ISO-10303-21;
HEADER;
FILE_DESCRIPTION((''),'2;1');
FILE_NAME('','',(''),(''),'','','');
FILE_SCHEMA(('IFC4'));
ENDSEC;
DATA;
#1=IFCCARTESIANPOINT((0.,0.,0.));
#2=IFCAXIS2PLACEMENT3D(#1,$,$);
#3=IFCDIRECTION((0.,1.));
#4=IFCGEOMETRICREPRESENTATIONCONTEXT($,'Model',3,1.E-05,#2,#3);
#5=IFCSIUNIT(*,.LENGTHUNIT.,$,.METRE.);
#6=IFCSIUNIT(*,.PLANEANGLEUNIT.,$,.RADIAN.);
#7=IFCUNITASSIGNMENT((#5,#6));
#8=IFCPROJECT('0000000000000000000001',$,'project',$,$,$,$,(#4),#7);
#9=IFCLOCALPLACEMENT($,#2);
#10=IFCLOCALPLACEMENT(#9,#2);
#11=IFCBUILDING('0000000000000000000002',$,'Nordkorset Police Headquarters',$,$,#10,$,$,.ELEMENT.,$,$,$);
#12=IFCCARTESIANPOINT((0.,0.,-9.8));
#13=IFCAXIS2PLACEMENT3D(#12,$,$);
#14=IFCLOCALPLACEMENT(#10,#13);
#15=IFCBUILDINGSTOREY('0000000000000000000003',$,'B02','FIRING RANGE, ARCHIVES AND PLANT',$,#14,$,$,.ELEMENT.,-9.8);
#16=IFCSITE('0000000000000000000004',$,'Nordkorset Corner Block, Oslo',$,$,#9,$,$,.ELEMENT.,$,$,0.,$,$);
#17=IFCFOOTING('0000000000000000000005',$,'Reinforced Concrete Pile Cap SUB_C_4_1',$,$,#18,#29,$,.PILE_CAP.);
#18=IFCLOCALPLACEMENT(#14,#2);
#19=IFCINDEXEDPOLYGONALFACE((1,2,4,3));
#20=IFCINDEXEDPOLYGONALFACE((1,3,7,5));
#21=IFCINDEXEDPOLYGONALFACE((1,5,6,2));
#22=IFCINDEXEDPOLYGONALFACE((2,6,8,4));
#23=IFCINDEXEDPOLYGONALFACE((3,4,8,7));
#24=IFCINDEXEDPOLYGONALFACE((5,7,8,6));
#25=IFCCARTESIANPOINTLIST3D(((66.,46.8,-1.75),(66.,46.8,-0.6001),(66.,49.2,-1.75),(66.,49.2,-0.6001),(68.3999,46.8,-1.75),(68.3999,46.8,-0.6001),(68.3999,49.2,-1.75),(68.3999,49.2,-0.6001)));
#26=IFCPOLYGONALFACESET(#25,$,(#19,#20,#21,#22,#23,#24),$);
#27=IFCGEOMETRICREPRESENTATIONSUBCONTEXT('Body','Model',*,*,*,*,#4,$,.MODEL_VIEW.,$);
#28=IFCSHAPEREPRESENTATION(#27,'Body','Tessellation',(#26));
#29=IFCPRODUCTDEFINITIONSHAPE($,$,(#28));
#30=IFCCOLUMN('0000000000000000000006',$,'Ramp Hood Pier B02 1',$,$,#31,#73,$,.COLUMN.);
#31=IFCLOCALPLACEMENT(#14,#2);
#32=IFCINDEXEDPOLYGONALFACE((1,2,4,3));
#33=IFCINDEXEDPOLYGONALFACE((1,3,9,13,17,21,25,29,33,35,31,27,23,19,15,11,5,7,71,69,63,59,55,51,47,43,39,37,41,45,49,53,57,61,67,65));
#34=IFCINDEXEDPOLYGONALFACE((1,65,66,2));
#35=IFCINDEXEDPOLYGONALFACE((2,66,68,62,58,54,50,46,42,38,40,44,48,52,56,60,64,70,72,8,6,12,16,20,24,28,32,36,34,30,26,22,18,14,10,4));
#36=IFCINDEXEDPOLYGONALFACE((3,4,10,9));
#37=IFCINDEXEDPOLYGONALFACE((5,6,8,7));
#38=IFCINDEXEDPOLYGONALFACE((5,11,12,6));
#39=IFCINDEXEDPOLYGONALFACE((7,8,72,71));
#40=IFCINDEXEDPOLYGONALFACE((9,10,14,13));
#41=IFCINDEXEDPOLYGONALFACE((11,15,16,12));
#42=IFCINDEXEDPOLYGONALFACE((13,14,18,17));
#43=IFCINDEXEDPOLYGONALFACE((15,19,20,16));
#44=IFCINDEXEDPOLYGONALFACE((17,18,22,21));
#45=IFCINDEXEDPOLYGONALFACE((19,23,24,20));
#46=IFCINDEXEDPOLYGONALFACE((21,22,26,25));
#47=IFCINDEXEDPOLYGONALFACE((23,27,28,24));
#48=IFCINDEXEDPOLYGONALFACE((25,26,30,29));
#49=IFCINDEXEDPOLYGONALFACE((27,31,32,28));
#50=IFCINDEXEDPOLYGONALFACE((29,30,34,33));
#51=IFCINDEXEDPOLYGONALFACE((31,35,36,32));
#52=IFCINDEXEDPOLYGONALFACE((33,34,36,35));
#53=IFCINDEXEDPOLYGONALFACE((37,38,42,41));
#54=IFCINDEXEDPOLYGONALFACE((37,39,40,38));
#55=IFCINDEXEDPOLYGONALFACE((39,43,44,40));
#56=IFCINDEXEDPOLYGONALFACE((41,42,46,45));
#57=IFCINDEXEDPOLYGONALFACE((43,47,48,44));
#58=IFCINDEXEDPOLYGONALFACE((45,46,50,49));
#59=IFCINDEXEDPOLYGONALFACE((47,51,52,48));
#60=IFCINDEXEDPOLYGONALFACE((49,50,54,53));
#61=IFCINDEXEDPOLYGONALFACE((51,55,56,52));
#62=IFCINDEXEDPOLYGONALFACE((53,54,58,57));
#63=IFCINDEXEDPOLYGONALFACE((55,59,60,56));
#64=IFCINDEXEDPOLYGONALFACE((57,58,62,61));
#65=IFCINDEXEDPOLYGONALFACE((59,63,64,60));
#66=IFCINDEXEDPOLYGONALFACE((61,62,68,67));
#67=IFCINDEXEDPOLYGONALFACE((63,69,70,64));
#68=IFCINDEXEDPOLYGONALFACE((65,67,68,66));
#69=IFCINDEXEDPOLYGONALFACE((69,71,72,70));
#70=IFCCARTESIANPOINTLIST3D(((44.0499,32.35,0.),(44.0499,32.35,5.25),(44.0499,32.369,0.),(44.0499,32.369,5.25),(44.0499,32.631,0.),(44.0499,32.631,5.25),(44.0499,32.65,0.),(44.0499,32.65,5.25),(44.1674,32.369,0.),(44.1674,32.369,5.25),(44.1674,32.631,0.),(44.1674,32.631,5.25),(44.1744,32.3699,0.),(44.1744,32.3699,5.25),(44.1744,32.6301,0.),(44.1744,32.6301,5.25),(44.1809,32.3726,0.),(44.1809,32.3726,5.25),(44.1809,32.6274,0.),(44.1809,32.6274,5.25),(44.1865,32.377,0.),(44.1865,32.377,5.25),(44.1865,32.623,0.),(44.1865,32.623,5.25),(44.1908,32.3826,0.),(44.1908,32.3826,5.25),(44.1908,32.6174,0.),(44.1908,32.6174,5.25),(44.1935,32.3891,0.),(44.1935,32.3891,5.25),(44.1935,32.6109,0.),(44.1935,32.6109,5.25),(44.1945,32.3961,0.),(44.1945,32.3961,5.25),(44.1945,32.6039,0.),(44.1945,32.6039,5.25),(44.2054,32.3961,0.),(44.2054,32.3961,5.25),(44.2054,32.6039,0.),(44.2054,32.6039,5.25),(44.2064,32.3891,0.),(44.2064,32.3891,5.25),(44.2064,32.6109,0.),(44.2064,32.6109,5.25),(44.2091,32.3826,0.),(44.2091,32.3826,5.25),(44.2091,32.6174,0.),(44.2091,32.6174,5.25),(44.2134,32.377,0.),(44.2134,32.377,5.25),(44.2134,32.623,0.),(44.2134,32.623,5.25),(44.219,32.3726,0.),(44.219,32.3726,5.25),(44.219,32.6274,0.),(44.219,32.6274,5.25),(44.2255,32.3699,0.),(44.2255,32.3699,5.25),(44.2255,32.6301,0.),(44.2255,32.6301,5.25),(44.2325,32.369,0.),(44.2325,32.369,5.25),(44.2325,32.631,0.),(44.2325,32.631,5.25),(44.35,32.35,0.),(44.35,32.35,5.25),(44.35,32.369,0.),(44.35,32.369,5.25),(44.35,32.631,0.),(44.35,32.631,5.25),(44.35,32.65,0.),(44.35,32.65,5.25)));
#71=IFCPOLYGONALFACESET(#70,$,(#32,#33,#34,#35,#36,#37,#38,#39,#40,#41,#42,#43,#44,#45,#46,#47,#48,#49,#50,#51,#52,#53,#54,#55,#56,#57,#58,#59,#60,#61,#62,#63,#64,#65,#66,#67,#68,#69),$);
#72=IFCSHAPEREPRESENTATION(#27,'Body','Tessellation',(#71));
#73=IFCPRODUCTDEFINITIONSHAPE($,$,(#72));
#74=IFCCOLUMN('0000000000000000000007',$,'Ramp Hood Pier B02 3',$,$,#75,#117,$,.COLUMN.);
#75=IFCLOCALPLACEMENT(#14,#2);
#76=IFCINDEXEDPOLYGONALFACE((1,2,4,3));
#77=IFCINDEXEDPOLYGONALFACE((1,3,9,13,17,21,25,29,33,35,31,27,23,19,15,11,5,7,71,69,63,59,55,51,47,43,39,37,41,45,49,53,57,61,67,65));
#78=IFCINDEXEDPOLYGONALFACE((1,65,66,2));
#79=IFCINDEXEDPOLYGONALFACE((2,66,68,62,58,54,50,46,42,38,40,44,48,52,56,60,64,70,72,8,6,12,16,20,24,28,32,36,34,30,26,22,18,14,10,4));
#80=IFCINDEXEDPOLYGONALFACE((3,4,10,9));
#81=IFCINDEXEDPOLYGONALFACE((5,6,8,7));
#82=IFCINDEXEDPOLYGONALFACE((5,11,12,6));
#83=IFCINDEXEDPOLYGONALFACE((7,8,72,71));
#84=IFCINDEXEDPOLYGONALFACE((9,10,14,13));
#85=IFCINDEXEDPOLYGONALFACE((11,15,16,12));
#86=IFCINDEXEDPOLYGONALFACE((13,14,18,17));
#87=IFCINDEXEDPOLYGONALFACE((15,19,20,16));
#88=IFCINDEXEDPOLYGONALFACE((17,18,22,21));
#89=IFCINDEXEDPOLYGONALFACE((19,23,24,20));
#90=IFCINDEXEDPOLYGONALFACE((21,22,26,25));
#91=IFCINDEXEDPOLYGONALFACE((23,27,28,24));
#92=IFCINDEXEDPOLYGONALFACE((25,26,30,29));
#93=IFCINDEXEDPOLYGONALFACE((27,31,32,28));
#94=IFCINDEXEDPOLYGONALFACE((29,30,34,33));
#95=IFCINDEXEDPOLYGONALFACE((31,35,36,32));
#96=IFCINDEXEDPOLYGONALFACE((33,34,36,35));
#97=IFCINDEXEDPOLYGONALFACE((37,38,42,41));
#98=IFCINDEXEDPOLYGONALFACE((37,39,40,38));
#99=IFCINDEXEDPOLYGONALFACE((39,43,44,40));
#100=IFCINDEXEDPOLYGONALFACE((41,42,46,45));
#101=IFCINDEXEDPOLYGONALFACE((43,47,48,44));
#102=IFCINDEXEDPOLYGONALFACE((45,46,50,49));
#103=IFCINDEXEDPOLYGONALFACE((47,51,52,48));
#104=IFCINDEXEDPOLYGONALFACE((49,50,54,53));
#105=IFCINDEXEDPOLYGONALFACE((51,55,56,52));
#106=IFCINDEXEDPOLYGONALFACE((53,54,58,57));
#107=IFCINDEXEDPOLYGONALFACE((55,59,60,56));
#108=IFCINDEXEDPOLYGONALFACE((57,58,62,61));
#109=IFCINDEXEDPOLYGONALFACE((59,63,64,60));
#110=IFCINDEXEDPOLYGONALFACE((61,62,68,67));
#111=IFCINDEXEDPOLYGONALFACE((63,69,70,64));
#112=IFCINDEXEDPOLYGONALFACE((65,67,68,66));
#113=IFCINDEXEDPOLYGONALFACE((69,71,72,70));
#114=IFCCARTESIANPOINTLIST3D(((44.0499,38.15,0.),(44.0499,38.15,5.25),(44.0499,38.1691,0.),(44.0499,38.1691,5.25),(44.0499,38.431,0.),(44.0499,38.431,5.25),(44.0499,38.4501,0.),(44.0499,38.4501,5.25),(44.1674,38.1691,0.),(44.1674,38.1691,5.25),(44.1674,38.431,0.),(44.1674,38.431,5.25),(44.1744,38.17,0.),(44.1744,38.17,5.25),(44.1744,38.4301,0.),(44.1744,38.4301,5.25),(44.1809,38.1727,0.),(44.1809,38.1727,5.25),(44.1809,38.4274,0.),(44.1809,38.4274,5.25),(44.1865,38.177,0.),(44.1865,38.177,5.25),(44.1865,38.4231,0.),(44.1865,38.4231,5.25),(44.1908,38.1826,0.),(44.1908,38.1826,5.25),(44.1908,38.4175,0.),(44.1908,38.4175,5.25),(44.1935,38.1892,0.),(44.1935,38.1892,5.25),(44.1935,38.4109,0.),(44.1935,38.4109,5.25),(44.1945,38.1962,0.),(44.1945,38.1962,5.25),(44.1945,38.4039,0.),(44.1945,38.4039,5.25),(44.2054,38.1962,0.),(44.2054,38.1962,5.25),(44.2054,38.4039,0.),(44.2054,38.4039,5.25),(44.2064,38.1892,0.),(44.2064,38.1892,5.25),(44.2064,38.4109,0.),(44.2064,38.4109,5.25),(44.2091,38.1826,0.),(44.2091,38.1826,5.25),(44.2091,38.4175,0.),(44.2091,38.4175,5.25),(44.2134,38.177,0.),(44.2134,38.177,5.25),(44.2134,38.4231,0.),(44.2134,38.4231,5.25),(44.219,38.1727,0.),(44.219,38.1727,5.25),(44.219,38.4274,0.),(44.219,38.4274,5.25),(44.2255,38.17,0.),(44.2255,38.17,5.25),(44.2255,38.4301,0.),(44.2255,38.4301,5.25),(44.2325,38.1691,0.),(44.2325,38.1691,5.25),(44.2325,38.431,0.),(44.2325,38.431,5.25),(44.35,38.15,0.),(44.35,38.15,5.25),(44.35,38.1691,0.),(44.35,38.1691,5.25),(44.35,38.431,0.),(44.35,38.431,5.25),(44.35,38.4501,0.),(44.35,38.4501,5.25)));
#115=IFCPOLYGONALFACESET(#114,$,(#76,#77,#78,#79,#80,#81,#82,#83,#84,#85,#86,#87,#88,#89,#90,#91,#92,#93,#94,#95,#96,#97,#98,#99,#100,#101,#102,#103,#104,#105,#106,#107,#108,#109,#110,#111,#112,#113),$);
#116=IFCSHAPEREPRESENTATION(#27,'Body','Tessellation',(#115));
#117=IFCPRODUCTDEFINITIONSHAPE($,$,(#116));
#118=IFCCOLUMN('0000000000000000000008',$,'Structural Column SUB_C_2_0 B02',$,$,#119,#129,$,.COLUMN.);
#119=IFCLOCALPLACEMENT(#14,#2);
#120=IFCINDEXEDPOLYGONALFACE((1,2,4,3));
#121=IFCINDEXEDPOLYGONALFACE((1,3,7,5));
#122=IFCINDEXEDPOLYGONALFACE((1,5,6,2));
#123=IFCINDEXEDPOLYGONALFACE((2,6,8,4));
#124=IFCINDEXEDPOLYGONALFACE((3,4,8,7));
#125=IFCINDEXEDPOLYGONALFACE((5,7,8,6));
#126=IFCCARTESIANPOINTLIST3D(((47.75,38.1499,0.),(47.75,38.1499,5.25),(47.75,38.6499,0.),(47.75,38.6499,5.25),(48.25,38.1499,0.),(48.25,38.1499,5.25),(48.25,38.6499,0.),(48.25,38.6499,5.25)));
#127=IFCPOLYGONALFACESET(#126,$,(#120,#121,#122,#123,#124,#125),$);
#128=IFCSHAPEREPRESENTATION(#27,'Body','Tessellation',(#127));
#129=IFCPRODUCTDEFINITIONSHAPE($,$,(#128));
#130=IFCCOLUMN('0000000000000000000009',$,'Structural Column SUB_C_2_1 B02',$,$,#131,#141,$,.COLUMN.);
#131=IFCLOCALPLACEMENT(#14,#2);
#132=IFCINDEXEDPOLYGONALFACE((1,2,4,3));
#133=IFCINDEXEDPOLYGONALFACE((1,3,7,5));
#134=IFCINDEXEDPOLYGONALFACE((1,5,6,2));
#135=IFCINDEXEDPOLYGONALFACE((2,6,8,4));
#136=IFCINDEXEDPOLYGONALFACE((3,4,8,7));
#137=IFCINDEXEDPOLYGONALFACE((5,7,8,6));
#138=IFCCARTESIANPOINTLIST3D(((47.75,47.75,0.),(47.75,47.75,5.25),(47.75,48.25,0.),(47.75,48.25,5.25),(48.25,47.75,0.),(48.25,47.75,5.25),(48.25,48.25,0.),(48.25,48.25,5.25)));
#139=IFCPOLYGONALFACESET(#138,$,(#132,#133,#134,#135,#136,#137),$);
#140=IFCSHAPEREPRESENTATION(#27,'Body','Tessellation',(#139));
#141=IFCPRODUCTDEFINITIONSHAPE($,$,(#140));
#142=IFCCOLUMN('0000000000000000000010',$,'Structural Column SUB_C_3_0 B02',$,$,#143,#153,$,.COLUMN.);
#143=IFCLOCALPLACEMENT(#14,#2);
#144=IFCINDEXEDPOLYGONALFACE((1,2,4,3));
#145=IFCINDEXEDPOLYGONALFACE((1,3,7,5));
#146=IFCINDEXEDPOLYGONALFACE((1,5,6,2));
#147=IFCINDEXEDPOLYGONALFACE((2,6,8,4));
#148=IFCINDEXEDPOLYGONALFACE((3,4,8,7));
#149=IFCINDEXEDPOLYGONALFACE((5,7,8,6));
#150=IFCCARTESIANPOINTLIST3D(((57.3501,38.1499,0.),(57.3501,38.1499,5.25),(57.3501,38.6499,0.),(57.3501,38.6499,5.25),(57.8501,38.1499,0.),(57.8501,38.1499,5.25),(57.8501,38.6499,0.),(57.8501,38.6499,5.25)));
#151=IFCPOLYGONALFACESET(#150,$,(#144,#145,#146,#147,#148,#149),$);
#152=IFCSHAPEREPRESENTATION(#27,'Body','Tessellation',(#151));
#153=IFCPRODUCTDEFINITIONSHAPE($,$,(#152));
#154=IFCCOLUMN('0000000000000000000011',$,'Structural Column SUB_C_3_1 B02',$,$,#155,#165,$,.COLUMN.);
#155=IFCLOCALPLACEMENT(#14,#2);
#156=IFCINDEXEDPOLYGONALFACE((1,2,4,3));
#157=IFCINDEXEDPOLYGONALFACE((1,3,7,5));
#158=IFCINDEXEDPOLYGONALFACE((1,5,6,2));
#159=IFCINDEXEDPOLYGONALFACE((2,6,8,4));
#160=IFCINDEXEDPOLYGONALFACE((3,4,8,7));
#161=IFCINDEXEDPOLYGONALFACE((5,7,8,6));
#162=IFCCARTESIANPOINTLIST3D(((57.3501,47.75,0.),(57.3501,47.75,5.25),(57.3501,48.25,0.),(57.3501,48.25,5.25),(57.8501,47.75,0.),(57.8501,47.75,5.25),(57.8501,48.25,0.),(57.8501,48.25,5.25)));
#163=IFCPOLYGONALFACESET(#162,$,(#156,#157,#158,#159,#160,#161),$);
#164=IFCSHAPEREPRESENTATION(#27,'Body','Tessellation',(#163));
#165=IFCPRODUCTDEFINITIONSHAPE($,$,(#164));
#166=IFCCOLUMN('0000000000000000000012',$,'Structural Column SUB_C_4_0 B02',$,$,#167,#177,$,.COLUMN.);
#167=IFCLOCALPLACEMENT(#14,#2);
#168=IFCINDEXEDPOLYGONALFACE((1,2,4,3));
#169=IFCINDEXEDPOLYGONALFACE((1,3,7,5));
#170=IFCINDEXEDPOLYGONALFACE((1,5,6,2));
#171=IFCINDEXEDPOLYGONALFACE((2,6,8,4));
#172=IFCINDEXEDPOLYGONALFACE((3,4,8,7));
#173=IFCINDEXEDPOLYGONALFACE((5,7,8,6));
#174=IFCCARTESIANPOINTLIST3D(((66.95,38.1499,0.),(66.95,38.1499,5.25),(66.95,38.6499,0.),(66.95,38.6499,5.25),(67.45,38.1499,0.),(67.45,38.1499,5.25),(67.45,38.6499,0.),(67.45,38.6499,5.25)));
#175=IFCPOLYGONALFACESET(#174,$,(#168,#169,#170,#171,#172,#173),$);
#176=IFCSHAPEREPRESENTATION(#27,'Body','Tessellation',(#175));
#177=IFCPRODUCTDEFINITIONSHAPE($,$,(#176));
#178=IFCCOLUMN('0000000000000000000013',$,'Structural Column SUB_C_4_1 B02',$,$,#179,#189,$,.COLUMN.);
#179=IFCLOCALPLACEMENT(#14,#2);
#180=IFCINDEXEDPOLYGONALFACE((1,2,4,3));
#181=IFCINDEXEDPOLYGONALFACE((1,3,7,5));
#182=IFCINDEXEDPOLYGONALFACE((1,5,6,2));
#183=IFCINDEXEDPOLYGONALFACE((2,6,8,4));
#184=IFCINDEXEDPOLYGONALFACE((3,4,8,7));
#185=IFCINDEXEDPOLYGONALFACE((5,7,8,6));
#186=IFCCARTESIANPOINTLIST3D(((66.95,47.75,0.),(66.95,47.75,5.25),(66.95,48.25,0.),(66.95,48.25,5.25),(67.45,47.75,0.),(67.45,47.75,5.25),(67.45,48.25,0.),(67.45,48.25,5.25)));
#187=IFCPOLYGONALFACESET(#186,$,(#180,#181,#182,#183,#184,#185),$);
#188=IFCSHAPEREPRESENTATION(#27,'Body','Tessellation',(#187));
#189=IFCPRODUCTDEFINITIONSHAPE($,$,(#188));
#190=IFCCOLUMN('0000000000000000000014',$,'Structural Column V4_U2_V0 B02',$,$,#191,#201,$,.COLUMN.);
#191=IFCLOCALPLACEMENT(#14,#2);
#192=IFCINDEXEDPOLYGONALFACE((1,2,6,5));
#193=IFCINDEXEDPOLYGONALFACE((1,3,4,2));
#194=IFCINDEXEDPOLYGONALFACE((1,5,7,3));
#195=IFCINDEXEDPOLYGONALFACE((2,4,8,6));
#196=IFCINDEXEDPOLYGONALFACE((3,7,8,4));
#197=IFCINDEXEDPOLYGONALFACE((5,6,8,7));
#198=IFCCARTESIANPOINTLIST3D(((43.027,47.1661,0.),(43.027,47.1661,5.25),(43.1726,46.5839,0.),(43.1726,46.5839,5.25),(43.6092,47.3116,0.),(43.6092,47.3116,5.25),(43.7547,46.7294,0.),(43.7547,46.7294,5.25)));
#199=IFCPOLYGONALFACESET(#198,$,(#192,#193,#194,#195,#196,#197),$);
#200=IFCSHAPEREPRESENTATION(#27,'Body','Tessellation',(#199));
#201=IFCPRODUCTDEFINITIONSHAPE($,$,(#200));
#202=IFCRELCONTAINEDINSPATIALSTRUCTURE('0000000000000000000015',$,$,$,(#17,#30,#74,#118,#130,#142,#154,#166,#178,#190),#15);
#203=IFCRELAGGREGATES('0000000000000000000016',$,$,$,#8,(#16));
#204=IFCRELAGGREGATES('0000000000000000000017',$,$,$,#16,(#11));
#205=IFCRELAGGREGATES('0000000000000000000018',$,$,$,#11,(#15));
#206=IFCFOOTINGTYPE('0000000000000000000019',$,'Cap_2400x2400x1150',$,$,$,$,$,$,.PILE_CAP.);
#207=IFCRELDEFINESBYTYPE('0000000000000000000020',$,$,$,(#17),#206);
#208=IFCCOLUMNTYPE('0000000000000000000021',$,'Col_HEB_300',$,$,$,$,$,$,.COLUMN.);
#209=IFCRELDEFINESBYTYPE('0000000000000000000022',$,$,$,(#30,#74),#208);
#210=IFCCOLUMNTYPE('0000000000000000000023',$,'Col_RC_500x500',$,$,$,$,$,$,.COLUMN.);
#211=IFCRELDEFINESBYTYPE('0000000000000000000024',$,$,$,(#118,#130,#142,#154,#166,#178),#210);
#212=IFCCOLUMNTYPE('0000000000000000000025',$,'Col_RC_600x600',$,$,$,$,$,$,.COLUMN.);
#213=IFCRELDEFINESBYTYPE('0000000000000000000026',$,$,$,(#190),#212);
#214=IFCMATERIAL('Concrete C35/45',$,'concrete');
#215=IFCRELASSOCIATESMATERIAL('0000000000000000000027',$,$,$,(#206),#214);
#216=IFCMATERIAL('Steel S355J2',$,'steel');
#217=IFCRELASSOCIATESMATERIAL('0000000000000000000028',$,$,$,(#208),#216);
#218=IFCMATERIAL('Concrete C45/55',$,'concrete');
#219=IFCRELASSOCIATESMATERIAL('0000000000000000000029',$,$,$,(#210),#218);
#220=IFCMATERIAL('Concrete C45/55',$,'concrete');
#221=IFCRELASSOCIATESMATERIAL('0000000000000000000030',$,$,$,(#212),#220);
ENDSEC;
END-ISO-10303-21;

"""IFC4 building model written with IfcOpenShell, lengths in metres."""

from ifc_helpers import new_model, si_unit, direction, frame, origin, origin_2d, place, context, subcontext, project, spatial, rectangle, i_section, extrude, material, material_profile, profile_set, type_object, element, save


model = new_model("IFC4")

# Units and contexts
model_context = context("Model", 3, precision=1e-05, world=origin(), true_north=direction((0.0, 1.0)))
body_context = subcontext(model_context, "Body", "Model", "MODEL_VIEW")
ifc_project = project(units=[si_unit("LENGTHUNIT", "METRE"), si_unit("PLANEANGLEUNIT", "RADIAN")], contexts=[model_context])

# Site, building, storey
site_placement = place(None, origin())
site = spatial("IfcSite", under=ifc_project, at=site_placement, Name="Nordkorset Corner Block, Oslo", CompositionType="ELEMENT", RefElevation=0.0)
building_placement = place(site_placement, origin())
building = spatial("IfcBuilding", under=site, at=building_placement, Name="Nordkorset Police Headquarters", CompositionType="ELEMENT")
storey_placement = place(building_placement, frame((0.0, 0.0, -9.8)))
storey = spatial("IfcBuildingStorey", under=building, at=storey_placement, Name="B02", Description="FIRING RANGE, ARCHIVES AND PLANT", CompositionType="ELEMENT", Elevation=-9.8)

# Footing
ifc_material_1 = material(Name="Concrete C35/45", Category="concrete")
footing_type_1 = type_object("IfcFootingType", Name="Cap_2400x2400x1150", PredefinedType="PILE_CAP", material=ifc_material_1)
for number, where, z_axis, x_axis, name in (
    (1, (67.2, 48.0, -1.75), (0.0, 0.0, 1.0), (1.0, 0.0, 0.0), "Reinforced Concrete Pile Cap SUB_C_4_1"),
):
    element("IfcFooting", number, at=place(storey_placement, frame(where, z_axis=z_axis, x_axis=x_axis)), inside=storey, type_object=footing_type_1, Name=name, PredefinedType="PILE_CAP", context=body_context, shape_type="SweptSolid", body=[
        extrude(rectangle(XDim=2.3999, YDim=2.3999, at=origin_2d()), origin(), (0.0, 0.0, 1.0), 1.1499),
    ])

# Columns
ifc_material_2 = material(Name="Steel S355J2", Category="steel")
ifc_material_profile_1 = material_profile(ifc_material_2, i_section(OverallWidth=0.3, OverallDepth=0.3, WebThickness=0.011, FlangeThickness=0.019, FilletRadius=0.0271, at=origin_2d()), Name="HEB 300")
ifc_profile_set_1 = profile_set([ifc_material_profile_1], Name="Steel S355J2")
column_type_1 = type_object("IfcColumnType", Name="Col_HEB_300", PredefinedType="COLUMN", material=ifc_profile_set_1)
for number, where, z_axis, x_axis, name in (
    (2, (44.2, 32.5, 0.0), (0.0, 0.0, 1.0), (1.0, 0.0, 0.0), "Ramp Hood Pier B02 1"),
    (3, (44.2, 38.3, 0.0), (0.0, 0.0, 1.0), (1.0, 0.0, 0.0), "Ramp Hood Pier B02 3"),
):
    element("IfcColumn", number, at=place(storey_placement, frame(where, z_axis=z_axis, x_axis=x_axis)), inside=storey, type_object=column_type_1, Name=name, PredefinedType="COLUMN", context=body_context, shape_type="SweptSolid", body=[
        extrude(i_section(OverallWidth=0.3, OverallDepth=0.3, WebThickness=0.011, FlangeThickness=0.019, FilletRadius=0.0271, at=origin_2d()), origin(), (0.0, 0.0, 1.0), 5.25),
    ])
ifc_material_3 = material(Name="Concrete C45/55", Category="concrete")
ifc_material_profile_2 = material_profile(ifc_material_3, rectangle(XDim=0.5, YDim=0.5, at=origin_2d()), Name="RC 500x500")
ifc_profile_set_2 = profile_set([ifc_material_profile_2], Name="Concrete C45/55")
column_type_2 = type_object("IfcColumnType", Name="Col_RC_500x500", PredefinedType="COLUMN", material=ifc_profile_set_2)
for number, where, z_axis, x_axis, name in (
    (4, (48.0, 38.3999, 0.0), (0.0, 0.0, 1.0), (1.0, 0.0, 0.0), "Structural Column SUB_C_2_0 B02"),
    (5, (48.0, 48.0, 0.0), (0.0, 0.0, 1.0), (1.0, 0.0, 0.0), "Structural Column SUB_C_2_1 B02"),
    (6, (57.6001, 38.3999, 0.0), (0.0, 0.0, 1.0), (1.0, 0.0, 0.0), "Structural Column SUB_C_3_0 B02"),
    (7, (57.6001, 48.0, 0.0), (0.0, 0.0, 1.0), (1.0, 0.0, 0.0), "Structural Column SUB_C_3_1 B02"),
    (8, (67.2, 38.3999, 0.0), (0.0, 0.0, 1.0), (1.0, 0.0, 0.0), "Structural Column SUB_C_4_0 B02"),
    (9, (67.2, 48.0, 0.0), (0.0, 0.0, 1.0), (1.0, 0.0, 0.0), "Structural Column SUB_C_4_1 B02"),
):
    element("IfcColumn", number, at=place(storey_placement, frame(where, z_axis=z_axis, x_axis=x_axis)), inside=storey, type_object=column_type_2, Name=name, PredefinedType="COLUMN", context=body_context, shape_type="SweptSolid", body=[
        extrude(rectangle(XDim=0.5, YDim=0.5, at=origin_2d()), origin(), (0.0, 0.0, 1.0), 5.25),
    ])
ifc_material_4 = material(Name="Concrete C45/55", Category="concrete")
ifc_material_profile_3 = material_profile(ifc_material_4, rectangle(XDim=0.6001, YDim=0.6001, at=origin_2d()), Name="RC 600x600")
ifc_profile_set_3 = profile_set([ifc_material_profile_3], Name="Concrete C45/55")
column_type_3 = type_object("IfcColumnType", Name="Col_RC_600x600", PredefinedType="COLUMN", material=ifc_profile_set_3)
column_placement = place(storey_placement, frame((43.3909, 46.9478, 0.0), z_axis=(0.0, 0.0, 1.0), x_axis=(0.970143, 0.242536, 0.0)))
element("IfcColumn", 10, at=column_placement, inside=storey, type_object=column_type_3, Name="Structural Column V4_U2_V0 B02", PredefinedType="COLUMN", context=body_context, shape_type="SweptSolid", body=[
    extrude(rectangle(XDim=0.6001, YDim=0.6001, at=origin_2d()), origin(), (0.0, 0.0, 1.0), 5.25),
])

save(model, "model.ifc")
